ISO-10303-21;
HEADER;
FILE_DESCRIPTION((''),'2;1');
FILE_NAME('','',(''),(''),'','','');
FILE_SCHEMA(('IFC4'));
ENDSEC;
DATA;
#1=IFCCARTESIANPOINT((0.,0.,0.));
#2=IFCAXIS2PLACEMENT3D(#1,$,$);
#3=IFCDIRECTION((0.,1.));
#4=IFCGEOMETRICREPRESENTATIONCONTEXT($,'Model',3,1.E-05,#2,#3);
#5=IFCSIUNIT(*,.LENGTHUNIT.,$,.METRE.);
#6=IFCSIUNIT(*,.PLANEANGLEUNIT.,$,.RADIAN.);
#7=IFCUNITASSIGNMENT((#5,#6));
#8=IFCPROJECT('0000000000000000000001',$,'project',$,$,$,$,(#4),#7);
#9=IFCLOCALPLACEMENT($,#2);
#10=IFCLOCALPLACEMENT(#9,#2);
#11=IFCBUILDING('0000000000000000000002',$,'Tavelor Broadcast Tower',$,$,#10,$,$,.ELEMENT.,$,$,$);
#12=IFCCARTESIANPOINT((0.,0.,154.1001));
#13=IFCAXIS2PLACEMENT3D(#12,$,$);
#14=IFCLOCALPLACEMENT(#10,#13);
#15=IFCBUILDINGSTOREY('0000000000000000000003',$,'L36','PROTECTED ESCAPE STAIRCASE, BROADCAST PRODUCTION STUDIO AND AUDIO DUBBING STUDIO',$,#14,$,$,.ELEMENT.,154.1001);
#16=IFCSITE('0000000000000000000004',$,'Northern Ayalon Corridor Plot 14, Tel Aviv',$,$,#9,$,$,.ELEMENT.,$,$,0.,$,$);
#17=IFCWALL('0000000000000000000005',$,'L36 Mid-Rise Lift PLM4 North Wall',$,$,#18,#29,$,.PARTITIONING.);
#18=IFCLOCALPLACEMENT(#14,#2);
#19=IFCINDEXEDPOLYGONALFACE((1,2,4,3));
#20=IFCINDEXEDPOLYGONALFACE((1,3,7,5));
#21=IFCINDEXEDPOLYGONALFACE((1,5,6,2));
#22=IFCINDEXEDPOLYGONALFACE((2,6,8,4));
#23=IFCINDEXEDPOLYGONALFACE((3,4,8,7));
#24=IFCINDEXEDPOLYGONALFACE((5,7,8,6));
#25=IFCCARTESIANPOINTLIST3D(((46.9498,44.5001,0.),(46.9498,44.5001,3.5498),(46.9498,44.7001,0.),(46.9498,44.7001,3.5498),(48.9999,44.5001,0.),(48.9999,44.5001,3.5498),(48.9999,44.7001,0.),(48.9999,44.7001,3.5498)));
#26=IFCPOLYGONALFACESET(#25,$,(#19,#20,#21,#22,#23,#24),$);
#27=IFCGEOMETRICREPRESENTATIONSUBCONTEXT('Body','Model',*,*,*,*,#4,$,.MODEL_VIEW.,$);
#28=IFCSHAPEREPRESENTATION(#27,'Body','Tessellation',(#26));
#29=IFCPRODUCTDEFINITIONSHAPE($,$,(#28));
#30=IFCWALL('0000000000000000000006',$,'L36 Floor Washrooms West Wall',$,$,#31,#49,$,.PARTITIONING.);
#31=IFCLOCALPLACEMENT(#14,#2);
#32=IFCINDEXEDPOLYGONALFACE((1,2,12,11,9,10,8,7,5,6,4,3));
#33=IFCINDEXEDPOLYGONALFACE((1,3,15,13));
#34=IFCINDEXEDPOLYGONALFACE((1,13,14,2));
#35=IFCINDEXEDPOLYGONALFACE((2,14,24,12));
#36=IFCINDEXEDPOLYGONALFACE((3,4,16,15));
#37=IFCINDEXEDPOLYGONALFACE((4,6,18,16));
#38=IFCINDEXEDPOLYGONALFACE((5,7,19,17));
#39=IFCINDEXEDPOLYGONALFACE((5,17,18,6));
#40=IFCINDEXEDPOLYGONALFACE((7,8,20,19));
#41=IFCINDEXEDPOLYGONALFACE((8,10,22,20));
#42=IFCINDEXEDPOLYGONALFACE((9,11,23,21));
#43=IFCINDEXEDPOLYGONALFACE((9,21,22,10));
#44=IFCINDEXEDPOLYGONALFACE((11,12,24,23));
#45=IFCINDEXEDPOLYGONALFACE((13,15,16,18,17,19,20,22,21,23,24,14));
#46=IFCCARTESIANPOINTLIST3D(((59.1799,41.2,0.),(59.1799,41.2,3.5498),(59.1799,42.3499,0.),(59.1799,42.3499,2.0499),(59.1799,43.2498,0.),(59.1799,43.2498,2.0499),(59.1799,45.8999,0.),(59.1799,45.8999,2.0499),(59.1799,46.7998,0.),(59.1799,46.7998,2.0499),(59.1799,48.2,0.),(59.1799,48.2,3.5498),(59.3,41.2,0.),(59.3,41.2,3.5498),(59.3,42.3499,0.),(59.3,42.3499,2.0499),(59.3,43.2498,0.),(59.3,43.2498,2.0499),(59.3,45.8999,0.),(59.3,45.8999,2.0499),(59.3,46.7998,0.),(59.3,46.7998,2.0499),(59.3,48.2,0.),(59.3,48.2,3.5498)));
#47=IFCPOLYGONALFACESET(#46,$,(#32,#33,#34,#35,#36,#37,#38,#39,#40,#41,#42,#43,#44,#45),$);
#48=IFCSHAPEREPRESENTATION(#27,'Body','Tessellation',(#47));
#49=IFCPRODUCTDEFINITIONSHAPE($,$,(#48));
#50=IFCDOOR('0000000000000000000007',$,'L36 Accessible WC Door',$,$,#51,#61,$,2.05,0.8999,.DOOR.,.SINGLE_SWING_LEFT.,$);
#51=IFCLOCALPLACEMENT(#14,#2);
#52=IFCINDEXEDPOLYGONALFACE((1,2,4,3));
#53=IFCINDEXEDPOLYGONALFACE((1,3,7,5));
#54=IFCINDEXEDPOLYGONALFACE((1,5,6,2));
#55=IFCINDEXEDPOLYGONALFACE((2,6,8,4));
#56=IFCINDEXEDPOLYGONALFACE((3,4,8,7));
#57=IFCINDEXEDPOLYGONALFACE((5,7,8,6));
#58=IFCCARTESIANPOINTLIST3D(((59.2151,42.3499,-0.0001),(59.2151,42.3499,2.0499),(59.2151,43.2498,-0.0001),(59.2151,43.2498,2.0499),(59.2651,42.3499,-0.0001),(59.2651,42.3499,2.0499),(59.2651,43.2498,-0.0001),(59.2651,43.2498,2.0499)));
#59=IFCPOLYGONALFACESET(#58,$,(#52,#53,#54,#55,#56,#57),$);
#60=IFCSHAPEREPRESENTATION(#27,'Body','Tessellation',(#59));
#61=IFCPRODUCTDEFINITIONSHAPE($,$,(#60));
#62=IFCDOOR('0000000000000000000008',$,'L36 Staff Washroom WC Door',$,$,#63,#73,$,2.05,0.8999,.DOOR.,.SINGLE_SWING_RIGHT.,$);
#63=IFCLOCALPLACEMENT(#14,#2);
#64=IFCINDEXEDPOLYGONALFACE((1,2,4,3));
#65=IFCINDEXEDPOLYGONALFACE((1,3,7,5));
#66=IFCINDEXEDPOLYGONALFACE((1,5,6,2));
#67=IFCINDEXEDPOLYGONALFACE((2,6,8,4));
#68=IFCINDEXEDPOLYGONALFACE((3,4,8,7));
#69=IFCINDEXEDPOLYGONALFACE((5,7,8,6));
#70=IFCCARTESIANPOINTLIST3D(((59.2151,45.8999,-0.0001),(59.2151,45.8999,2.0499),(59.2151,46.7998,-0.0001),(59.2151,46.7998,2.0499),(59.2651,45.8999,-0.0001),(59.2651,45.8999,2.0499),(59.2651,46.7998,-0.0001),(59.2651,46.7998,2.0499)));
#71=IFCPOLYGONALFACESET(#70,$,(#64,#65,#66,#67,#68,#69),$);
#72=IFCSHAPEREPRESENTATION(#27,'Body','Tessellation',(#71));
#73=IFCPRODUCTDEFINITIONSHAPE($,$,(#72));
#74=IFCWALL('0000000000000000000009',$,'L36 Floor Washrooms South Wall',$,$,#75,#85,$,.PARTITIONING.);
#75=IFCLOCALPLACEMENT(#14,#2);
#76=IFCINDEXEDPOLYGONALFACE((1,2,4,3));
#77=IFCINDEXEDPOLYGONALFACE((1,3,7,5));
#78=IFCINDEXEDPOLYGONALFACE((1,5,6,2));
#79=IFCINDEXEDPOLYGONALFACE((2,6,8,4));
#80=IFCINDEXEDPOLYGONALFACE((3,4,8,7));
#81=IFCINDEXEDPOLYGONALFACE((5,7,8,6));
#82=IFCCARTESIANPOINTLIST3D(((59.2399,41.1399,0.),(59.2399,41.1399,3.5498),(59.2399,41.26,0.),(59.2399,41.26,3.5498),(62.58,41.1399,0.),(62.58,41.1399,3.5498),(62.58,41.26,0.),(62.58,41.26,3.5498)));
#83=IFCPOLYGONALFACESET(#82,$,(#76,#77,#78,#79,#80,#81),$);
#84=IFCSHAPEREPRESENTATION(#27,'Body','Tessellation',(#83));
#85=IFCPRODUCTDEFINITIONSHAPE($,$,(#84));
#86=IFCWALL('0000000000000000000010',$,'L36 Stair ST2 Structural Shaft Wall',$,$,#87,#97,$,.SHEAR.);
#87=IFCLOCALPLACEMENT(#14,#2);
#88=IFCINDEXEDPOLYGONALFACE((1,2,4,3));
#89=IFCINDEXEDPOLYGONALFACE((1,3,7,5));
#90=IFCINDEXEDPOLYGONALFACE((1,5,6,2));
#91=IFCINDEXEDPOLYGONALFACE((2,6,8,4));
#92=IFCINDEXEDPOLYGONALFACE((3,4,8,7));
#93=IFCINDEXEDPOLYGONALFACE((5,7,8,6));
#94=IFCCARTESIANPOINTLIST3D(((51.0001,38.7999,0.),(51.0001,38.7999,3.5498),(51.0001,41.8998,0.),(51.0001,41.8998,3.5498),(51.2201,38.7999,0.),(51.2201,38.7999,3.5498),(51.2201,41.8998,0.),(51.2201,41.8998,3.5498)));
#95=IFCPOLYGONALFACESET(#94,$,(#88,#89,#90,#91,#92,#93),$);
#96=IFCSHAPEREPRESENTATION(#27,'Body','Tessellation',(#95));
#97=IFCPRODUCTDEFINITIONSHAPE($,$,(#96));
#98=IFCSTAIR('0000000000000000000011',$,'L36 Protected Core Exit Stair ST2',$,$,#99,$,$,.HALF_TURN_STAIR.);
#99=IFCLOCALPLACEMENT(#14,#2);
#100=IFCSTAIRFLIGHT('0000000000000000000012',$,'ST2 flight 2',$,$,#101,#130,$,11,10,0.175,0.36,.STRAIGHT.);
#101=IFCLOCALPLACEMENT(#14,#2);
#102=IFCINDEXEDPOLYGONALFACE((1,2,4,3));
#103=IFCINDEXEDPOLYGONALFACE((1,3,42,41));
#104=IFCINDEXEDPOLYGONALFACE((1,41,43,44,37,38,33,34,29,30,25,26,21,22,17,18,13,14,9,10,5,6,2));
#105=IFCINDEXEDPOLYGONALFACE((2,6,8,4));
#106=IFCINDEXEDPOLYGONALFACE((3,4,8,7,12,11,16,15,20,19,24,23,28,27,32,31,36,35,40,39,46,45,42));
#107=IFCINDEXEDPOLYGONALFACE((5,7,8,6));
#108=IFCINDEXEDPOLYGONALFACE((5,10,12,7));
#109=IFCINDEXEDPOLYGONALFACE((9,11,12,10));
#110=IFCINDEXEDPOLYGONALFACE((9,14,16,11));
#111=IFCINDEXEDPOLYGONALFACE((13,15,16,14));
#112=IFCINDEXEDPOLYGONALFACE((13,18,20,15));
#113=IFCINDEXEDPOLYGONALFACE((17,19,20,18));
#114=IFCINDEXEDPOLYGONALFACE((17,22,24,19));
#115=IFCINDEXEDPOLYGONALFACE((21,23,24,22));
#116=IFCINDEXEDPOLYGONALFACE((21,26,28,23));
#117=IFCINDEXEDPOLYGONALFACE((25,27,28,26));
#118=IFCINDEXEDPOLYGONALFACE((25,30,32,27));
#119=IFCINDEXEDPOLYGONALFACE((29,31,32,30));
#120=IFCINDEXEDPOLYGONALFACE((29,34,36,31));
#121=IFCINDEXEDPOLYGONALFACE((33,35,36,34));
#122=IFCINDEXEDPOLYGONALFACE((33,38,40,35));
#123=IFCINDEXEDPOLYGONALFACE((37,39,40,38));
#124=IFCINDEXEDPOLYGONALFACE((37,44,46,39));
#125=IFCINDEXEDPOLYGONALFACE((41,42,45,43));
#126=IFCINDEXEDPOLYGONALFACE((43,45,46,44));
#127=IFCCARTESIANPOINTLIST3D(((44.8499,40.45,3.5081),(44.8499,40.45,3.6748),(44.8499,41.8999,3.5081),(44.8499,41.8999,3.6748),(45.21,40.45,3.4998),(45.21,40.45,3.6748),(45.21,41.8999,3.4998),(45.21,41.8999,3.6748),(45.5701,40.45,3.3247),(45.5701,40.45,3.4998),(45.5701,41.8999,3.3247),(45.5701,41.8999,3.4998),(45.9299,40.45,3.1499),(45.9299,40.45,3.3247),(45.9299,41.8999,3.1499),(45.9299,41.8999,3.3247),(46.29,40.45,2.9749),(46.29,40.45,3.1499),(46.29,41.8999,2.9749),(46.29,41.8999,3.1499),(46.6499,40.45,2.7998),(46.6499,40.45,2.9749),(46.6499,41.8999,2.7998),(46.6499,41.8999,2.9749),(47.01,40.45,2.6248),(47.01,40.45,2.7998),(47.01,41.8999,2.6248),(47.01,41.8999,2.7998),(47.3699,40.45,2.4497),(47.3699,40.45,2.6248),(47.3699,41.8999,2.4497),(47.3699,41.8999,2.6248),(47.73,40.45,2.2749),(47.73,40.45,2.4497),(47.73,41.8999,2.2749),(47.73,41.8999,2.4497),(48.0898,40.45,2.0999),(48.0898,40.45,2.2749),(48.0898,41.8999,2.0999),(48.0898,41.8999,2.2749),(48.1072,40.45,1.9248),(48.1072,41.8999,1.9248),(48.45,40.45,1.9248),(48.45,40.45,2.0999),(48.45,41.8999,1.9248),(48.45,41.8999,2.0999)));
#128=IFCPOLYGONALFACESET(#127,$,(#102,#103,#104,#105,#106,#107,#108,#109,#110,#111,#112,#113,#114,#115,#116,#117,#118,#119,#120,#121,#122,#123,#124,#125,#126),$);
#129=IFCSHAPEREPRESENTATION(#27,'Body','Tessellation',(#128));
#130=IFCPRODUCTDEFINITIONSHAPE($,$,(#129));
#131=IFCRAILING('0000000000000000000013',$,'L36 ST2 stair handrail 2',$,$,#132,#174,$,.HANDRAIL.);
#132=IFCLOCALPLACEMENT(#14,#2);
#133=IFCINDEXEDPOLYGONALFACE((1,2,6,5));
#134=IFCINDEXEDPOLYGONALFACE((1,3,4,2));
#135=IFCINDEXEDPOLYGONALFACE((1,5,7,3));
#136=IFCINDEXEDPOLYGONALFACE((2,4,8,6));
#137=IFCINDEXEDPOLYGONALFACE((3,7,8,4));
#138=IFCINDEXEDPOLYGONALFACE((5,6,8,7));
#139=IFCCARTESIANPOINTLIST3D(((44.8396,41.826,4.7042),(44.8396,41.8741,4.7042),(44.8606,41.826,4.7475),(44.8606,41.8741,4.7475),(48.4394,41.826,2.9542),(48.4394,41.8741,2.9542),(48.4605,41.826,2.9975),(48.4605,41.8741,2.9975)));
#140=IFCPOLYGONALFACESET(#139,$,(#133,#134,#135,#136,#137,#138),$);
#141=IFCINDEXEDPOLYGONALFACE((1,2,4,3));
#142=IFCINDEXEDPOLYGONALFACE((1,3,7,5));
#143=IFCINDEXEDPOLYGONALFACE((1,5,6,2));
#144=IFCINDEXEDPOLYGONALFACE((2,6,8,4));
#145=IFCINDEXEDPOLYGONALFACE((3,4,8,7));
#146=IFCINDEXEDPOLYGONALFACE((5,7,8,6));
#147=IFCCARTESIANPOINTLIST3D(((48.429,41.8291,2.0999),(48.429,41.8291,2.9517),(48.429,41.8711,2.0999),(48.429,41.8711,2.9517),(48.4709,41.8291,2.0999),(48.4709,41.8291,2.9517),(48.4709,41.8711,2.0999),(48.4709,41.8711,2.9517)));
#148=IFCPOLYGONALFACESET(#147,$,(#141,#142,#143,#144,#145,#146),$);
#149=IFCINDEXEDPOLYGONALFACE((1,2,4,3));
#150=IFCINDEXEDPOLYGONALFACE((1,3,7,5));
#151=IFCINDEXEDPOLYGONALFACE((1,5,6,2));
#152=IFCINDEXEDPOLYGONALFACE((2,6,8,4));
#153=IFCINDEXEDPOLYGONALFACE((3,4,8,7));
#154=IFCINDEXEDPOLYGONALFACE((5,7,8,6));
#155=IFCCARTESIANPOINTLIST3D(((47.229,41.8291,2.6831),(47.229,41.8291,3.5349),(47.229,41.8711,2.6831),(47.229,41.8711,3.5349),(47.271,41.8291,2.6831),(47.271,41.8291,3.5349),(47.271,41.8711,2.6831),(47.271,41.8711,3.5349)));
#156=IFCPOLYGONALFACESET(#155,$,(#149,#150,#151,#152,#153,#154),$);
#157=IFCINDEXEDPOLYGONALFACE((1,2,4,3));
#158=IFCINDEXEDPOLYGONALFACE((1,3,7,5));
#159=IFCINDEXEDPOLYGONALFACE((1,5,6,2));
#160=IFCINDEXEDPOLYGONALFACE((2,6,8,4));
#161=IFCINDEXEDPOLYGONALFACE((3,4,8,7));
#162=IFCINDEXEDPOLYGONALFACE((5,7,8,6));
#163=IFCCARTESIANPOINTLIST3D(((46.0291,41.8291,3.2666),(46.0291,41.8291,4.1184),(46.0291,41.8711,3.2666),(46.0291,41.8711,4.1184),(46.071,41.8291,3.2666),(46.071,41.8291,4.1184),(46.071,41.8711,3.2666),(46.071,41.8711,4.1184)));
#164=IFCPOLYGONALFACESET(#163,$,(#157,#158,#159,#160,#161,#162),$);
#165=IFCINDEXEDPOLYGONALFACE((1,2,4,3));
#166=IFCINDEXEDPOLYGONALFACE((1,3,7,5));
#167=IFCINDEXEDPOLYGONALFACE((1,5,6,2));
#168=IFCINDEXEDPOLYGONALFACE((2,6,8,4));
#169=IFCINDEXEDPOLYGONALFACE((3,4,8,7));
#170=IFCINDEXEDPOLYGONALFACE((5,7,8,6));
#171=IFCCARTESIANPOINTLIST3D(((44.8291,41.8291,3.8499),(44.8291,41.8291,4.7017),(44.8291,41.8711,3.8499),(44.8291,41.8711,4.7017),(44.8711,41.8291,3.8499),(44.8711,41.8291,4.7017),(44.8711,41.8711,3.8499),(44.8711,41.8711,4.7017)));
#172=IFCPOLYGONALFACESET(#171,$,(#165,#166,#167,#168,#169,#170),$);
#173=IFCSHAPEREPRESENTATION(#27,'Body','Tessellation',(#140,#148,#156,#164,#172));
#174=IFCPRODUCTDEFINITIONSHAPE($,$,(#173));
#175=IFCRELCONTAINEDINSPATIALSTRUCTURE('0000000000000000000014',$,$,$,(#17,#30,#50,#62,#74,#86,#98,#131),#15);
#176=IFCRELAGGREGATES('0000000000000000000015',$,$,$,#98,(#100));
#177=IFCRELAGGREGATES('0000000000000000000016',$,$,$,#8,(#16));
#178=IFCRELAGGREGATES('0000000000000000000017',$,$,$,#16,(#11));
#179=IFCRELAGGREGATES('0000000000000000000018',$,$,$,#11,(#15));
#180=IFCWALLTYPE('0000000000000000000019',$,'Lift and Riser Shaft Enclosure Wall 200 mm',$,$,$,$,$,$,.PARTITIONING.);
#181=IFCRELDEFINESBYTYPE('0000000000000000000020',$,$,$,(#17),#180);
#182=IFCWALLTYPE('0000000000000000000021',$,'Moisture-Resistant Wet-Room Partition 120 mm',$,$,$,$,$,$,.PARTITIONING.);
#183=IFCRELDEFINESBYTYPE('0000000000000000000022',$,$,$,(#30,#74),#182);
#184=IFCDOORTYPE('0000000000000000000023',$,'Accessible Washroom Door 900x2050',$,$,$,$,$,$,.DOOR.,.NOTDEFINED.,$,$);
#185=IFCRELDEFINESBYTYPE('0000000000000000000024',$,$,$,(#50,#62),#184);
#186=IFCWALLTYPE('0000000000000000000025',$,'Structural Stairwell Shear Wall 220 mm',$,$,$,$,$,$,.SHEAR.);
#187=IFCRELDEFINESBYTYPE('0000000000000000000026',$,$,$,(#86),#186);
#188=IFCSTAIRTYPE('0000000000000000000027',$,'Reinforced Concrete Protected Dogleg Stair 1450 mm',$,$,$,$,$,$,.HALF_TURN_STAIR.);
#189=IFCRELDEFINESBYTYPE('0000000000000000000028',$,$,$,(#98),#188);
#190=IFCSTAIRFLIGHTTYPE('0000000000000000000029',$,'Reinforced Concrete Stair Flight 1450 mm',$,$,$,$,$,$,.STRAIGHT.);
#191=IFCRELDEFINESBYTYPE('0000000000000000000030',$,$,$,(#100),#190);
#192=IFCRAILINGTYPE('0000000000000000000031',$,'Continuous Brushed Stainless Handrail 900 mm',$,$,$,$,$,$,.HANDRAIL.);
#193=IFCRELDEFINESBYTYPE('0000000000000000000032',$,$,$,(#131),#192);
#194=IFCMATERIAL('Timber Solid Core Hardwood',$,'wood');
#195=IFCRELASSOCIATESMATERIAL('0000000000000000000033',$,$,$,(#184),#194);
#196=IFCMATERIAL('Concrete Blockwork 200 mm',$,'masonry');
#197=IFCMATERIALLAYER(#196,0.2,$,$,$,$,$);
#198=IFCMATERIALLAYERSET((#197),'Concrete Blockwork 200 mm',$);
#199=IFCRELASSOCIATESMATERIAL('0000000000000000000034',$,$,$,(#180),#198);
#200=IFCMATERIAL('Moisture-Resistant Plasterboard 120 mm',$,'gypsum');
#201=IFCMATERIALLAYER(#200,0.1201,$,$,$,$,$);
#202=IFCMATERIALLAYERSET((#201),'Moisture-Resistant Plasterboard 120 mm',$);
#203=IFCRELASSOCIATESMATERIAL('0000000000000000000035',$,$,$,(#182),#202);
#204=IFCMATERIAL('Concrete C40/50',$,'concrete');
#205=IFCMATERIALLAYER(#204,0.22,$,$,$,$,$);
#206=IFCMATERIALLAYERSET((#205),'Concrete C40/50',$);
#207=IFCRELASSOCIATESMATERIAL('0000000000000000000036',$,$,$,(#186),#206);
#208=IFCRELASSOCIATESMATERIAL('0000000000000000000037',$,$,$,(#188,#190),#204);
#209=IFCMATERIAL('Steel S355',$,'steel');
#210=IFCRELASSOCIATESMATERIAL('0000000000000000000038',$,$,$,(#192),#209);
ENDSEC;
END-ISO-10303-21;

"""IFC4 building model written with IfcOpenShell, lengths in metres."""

from ifc_helpers import new_model, si_unit, direction, frame, frame_2d, origin, origin_2d, place, context, subcontext, project, spatial, polyline, rectangle, outline, extrude, material, layer, layer_set, type_object, element, fill, aggregate, save


model = new_model("IFC4")

# Units and contexts
model_context = context("Model", 3, precision=1e-05, world=origin(), true_north=direction((0.0, 1.0)))
body_context = subcontext(model_context, "Body", "Model", "MODEL_VIEW")
ifc_project = project(units=[si_unit("LENGTHUNIT", "METRE"), si_unit("PLANEANGLEUNIT", "RADIAN")], contexts=[model_context])

# Site, building, storey
site_placement = place(None, origin())
site = spatial("IfcSite", under=ifc_project, at=site_placement, Name="Northern Ayalon Corridor Plot 14, Tel Aviv", CompositionType="ELEMENT", RefElevation=0.0)
building_placement = place(site_placement, origin())
building = spatial("IfcBuilding", under=site, at=building_placement, Name="Tavelor Broadcast Tower", CompositionType="ELEMENT")
storey_placement = place(building_placement, frame((0.0, 0.0, 154.1001)))
storey = spatial("IfcBuildingStorey", under=building, at=storey_placement, Name="L36", Description="PROTECTED ESCAPE STAIRCASE, BROADCAST PRODUCTION STUDIO AND AUDIO DUBBING STUDIO", CompositionType="ELEMENT", Elevation=154.1001)

# Shared definitions
ifc_material_1 = material(Name="Concrete C40/50", Category="concrete")
ifc_material_2 = material(Name="Steel S355", Category="steel")

# Shared definitions
ifc_material_3 = material(Name="Timber Solid Core Hardwood", Category="wood")
door_type_1 = type_object("IfcDoorType", Name="Accessible Washroom Door 900x2050", OperationType="NOTDEFINED", PredefinedType="DOOR", material=ifc_material_3)

# Shared definitions
ifc_material_4 = material(Name="Concrete Blockwork 200 mm", Category="masonry")

# Wall
ifc_layer_1 = layer(ifc_material_4, 0.2)
ifc_layer_set_1 = layer_set([ifc_layer_1], Name="Concrete Blockwork 200 mm")
wall_type_1 = type_object("IfcWallType", Name="Lift and Riser Shaft Enclosure Wall 200 mm", PredefinedType="PARTITIONING", material=ifc_layer_set_1)
wall_1_placement = place(storey_placement, frame((46.95, 44.6001, 0.0), z_axis=(0.0, 0.0, 1.0), x_axis=(1.0, 0.0, 0.0)))
element("IfcWall", 1, at=wall_1_placement, inside=storey, type_object=wall_type_1, Name="L36 Mid-Rise Lift PLM4 North Wall", PredefinedType="PARTITIONING", context=body_context, shape_type="SweptSolid", body=[
    extrude(rectangle(XDim=2.05, YDim=0.2, at=frame_2d((1.0249, 0.0))), origin(), (0.0, 0.0, 1.0), 3.5498),
])

# Wall, openings, doors
ifc_material_5 = material(Name="Moisture-Resistant Plasterboard 120 mm", Category="gypsum")
ifc_layer_2 = layer(ifc_material_5, 0.1201)
ifc_layer_set_2 = layer_set([ifc_layer_2], Name="Moisture-Resistant Plasterboard 120 mm")
wall_type_2 = type_object("IfcWallType", Name="Moisture-Resistant Wet-Room Partition 120 mm", PredefinedType="PARTITIONING", material=ifc_layer_set_2)
wall_2_placement = place(storey_placement, frame((59.24, 41.2, 0.0), z_axis=(0.0, 0.0, 1.0), x_axis=(0.0, 1.0, 0.0)))
wall_2 = element("IfcWall", 2, at=wall_2_placement, inside=storey, type_object=wall_type_2, Name="L36 Floor Washrooms West Wall", PredefinedType="PARTITIONING", context=body_context, shape_type="SweptSolid", body=[
    extrude(rectangle(XDim=7.0, YDim=0.1201, at=frame_2d((3.5, 0.0))), origin(), (0.0, 0.0, 1.0), 3.5498),
])
opening_1_placement = place(wall_2_placement, frame((1.1499, 0.0, 0.0)))
opening_1 = element("IfcOpeningElement", 3, at=opening_1_placement, cuts=wall_2, PredefinedType="OPENING", context=body_context, shape_type="SweptSolid", body=[
    extrude(rectangle(XDim=0.8999, YDim=2.05, at=frame_2d((0.45, 1.0249))), frame((0.0, 0.0701, 0.0), z_axis=(0.0, -1.0, 0.0), x_axis=(1.0, 0.0, 0.0)), (0.0, 0.0, 1.0), 0.1401),
])
opening_2_placement = place(wall_2_placement, frame((4.7, 0.0, 0.0)))
opening_2 = element("IfcOpeningElement", 4, at=opening_2_placement, cuts=wall_2, PredefinedType="OPENING", context=body_context, shape_type="SweptSolid", body=[
    extrude(rectangle(XDim=0.8999, YDim=2.05, at=frame_2d((0.45, 1.0249))), frame((0.0, 0.0701, 0.0), z_axis=(0.0, -1.0, 0.0), x_axis=(1.0, 0.0, 0.0)), (0.0, 0.0, 1.0), 0.1401),
])
door_1_placement = place(opening_1_placement, origin())
door_1 = element("IfcDoor", 5, at=door_1_placement, inside=storey, type_object=door_type_1, Name="L36 Accessible WC Door", OperationType="SINGLE_SWING_LEFT", OverallHeight=2.05, OverallWidth=0.8999, PredefinedType="DOOR", context=body_context, shape_type="SweptSolid", body=[
    extrude(rectangle(XDim=0.8999, YDim=2.05, at=frame_2d((0.45, 1.0249))), frame((0.0, 0.0249, 0.0), z_axis=(0.0, -1.0, 0.0), x_axis=(1.0, 0.0, 0.0)), (0.0, 0.0, 1.0), 0.05),
])
fill(opening_1, door_1)
door_2_placement = place(opening_2_placement, origin())
door_2 = element("IfcDoor", 6, at=door_2_placement, inside=storey, type_object=door_type_1, Name="L36 Staff Washroom WC Door", OperationType="SINGLE_SWING_RIGHT", OverallHeight=2.05, OverallWidth=0.8999, PredefinedType="DOOR", context=body_context, shape_type="SweptSolid", body=[
    extrude(rectangle(XDim=0.8999, YDim=2.05, at=frame_2d((0.45, 1.0249))), frame((0.0, 0.0249, 0.0), z_axis=(0.0, -1.0, 0.0), x_axis=(1.0, 0.0, 0.0)), (0.0, 0.0, 1.0), 0.05),
])
fill(opening_2, door_2)

# Walls
wall_3_placement = place(storey_placement, frame((59.24, 41.2, 0.0), z_axis=(0.0, 0.0, 1.0), x_axis=(1.0, 0.0, 0.0)))
element("IfcWall", 7, at=wall_3_placement, inside=storey, type_object=wall_type_2, Name="L36 Floor Washrooms South Wall", PredefinedType="PARTITIONING", context=body_context, shape_type="SweptSolid", body=[
    extrude(rectangle(XDim=3.3401, YDim=0.1201, at=frame_2d((1.6699, 0.0))), origin(), (0.0, 0.0, 1.0), 3.5498),
])
ifc_layer_3 = layer(ifc_material_1, 0.22)
ifc_layer_set_3 = layer_set([ifc_layer_3], Name="Concrete C40/50")
wall_type_3 = type_object("IfcWallType", Name="Structural Stairwell Shear Wall 220 mm", PredefinedType="SHEAR", material=ifc_layer_set_3)
wall_4_placement = place(storey_placement, frame((51.1101, 38.8, 0.0), z_axis=(0.0, 0.0, 1.0), x_axis=(0.0, 1.0, 0.0)))
element("IfcWall", 8, at=wall_4_placement, inside=storey, type_object=wall_type_3, Name="L36 Stair ST2 Structural Shaft Wall", PredefinedType="SHEAR", context=body_context, shape_type="SweptSolid", body=[
    extrude(rectangle(XDim=3.0999, YDim=0.22, at=frame_2d((1.5498, 0.0))), origin(), (0.0, 0.0, 1.0), 3.5498),
])

# Stair, stair flight
stair_type = type_object("IfcStairType", Name="Reinforced Concrete Protected Dogleg Stair 1450 mm", PredefinedType="HALF_TURN_STAIR", material=ifc_material_1)
stair_placement = place(storey_placement, origin())
stair = element("IfcStair", 9, at=stair_placement, inside=storey, type_object=stair_type, Name="L36 Protected Core Exit Stair ST2", PredefinedType="HALF_TURN_STAIR")
stair_flight_type = type_object("IfcStairFlightType", Name="Reinforced Concrete Stair Flight 1450 mm", PredefinedType="STRAIGHT", material=ifc_material_1)
stair_flight_placement = place(storey_placement, frame((48.45, 41.175, 1.9248), z_axis=(0.0, 0.0, 1.0), x_axis=(-1.0, 0.0, 0.0)))
stair_flight = element("IfcStairFlight", 10, at=stair_flight_placement, type_object=stair_flight_type, Name="ST2 flight 2", NumberOfRisers=11, NumberOfTreads=10, PredefinedType="STRAIGHT", RiserHeight=0.175, TreadLength=0.36, context=body_context, shape_type="SweptSolid", body=[
    extrude(outline(polyline([(0.0, 0.0), (0.0, 0.175), (0.3601, 0.175), (0.3601, 0.3501), (0.72, 0.3501), (0.72, 0.5249), (1.0801, 0.5249), (1.0801, 0.7), (1.4399, 0.7), (1.4399, 0.875), (1.8, 0.875), (1.8, 1.05), (2.1599, 1.05), (2.1599, 1.2251), (2.52, 1.2251), (2.52, 1.3999), (2.8799, 1.3999), (2.8799, 1.575), (3.24, 1.575), (3.24, 1.75), (3.6001, 1.75), (3.6001, 1.925), (3.6001, 1.5833), (0.3428, 0.0), (0.0, 0.0)])), frame((0.0, 0.7251, 0.0), z_axis=(0.0, -1.0, 0.0), x_axis=(1.0, 0.0, 0.0)), (0.0, 0.0, 1.0), 1.45),
])
aggregate(stair, [stair_flight])

# Railing
railing_type_1 = type_object("IfcRailingType", Name="Continuous Brushed Stainless Handrail 900 mm", PredefinedType="HANDRAIL", material=ifc_material_2)
railing_1_placement = place(storey_placement, frame((48.45, 41.8501, 2.0999)))
element("IfcRailing", 11, at=railing_1_placement, inside=storey, type_object=railing_type_1, Name="L36 ST2 stair handrail 2", PredefinedType="HANDRAIL", context=body_context, shape_type="SweptSolid", body=[
    extrude(rectangle(XDim=0.0481, YDim=0.0481, at=origin_2d()), frame((0.0, 0.0, 0.876), z_axis=(-0.899361, 0.0, 0.437207), x_axis=(0.0, -1.0, 0.0)), (0.0, 0.0, 1.0), 4.0027),
    extrude(rectangle(XDim=0.042, YDim=0.042, at=origin_2d()), origin(), (0.0, 0.0, 1.0), 0.8518),
    extrude(rectangle(XDim=0.042, YDim=0.042, at=origin_2d()), frame((-1.2, 0.0, 0.5833)), (0.0, 0.0, 1.0), 0.8518),
    extrude(rectangle(XDim=0.042, YDim=0.042, at=origin_2d()), frame((-2.3999, 0.0, 1.1667)), (0.0, 0.0, 1.0), 0.8518),
    extrude(rectangle(XDim=0.042, YDim=0.042, at=origin_2d()), frame((-3.5999, 0.0, 1.75)), (0.0, 0.0, 1.0), 0.8518),
])

save(model, "model.ifc")
